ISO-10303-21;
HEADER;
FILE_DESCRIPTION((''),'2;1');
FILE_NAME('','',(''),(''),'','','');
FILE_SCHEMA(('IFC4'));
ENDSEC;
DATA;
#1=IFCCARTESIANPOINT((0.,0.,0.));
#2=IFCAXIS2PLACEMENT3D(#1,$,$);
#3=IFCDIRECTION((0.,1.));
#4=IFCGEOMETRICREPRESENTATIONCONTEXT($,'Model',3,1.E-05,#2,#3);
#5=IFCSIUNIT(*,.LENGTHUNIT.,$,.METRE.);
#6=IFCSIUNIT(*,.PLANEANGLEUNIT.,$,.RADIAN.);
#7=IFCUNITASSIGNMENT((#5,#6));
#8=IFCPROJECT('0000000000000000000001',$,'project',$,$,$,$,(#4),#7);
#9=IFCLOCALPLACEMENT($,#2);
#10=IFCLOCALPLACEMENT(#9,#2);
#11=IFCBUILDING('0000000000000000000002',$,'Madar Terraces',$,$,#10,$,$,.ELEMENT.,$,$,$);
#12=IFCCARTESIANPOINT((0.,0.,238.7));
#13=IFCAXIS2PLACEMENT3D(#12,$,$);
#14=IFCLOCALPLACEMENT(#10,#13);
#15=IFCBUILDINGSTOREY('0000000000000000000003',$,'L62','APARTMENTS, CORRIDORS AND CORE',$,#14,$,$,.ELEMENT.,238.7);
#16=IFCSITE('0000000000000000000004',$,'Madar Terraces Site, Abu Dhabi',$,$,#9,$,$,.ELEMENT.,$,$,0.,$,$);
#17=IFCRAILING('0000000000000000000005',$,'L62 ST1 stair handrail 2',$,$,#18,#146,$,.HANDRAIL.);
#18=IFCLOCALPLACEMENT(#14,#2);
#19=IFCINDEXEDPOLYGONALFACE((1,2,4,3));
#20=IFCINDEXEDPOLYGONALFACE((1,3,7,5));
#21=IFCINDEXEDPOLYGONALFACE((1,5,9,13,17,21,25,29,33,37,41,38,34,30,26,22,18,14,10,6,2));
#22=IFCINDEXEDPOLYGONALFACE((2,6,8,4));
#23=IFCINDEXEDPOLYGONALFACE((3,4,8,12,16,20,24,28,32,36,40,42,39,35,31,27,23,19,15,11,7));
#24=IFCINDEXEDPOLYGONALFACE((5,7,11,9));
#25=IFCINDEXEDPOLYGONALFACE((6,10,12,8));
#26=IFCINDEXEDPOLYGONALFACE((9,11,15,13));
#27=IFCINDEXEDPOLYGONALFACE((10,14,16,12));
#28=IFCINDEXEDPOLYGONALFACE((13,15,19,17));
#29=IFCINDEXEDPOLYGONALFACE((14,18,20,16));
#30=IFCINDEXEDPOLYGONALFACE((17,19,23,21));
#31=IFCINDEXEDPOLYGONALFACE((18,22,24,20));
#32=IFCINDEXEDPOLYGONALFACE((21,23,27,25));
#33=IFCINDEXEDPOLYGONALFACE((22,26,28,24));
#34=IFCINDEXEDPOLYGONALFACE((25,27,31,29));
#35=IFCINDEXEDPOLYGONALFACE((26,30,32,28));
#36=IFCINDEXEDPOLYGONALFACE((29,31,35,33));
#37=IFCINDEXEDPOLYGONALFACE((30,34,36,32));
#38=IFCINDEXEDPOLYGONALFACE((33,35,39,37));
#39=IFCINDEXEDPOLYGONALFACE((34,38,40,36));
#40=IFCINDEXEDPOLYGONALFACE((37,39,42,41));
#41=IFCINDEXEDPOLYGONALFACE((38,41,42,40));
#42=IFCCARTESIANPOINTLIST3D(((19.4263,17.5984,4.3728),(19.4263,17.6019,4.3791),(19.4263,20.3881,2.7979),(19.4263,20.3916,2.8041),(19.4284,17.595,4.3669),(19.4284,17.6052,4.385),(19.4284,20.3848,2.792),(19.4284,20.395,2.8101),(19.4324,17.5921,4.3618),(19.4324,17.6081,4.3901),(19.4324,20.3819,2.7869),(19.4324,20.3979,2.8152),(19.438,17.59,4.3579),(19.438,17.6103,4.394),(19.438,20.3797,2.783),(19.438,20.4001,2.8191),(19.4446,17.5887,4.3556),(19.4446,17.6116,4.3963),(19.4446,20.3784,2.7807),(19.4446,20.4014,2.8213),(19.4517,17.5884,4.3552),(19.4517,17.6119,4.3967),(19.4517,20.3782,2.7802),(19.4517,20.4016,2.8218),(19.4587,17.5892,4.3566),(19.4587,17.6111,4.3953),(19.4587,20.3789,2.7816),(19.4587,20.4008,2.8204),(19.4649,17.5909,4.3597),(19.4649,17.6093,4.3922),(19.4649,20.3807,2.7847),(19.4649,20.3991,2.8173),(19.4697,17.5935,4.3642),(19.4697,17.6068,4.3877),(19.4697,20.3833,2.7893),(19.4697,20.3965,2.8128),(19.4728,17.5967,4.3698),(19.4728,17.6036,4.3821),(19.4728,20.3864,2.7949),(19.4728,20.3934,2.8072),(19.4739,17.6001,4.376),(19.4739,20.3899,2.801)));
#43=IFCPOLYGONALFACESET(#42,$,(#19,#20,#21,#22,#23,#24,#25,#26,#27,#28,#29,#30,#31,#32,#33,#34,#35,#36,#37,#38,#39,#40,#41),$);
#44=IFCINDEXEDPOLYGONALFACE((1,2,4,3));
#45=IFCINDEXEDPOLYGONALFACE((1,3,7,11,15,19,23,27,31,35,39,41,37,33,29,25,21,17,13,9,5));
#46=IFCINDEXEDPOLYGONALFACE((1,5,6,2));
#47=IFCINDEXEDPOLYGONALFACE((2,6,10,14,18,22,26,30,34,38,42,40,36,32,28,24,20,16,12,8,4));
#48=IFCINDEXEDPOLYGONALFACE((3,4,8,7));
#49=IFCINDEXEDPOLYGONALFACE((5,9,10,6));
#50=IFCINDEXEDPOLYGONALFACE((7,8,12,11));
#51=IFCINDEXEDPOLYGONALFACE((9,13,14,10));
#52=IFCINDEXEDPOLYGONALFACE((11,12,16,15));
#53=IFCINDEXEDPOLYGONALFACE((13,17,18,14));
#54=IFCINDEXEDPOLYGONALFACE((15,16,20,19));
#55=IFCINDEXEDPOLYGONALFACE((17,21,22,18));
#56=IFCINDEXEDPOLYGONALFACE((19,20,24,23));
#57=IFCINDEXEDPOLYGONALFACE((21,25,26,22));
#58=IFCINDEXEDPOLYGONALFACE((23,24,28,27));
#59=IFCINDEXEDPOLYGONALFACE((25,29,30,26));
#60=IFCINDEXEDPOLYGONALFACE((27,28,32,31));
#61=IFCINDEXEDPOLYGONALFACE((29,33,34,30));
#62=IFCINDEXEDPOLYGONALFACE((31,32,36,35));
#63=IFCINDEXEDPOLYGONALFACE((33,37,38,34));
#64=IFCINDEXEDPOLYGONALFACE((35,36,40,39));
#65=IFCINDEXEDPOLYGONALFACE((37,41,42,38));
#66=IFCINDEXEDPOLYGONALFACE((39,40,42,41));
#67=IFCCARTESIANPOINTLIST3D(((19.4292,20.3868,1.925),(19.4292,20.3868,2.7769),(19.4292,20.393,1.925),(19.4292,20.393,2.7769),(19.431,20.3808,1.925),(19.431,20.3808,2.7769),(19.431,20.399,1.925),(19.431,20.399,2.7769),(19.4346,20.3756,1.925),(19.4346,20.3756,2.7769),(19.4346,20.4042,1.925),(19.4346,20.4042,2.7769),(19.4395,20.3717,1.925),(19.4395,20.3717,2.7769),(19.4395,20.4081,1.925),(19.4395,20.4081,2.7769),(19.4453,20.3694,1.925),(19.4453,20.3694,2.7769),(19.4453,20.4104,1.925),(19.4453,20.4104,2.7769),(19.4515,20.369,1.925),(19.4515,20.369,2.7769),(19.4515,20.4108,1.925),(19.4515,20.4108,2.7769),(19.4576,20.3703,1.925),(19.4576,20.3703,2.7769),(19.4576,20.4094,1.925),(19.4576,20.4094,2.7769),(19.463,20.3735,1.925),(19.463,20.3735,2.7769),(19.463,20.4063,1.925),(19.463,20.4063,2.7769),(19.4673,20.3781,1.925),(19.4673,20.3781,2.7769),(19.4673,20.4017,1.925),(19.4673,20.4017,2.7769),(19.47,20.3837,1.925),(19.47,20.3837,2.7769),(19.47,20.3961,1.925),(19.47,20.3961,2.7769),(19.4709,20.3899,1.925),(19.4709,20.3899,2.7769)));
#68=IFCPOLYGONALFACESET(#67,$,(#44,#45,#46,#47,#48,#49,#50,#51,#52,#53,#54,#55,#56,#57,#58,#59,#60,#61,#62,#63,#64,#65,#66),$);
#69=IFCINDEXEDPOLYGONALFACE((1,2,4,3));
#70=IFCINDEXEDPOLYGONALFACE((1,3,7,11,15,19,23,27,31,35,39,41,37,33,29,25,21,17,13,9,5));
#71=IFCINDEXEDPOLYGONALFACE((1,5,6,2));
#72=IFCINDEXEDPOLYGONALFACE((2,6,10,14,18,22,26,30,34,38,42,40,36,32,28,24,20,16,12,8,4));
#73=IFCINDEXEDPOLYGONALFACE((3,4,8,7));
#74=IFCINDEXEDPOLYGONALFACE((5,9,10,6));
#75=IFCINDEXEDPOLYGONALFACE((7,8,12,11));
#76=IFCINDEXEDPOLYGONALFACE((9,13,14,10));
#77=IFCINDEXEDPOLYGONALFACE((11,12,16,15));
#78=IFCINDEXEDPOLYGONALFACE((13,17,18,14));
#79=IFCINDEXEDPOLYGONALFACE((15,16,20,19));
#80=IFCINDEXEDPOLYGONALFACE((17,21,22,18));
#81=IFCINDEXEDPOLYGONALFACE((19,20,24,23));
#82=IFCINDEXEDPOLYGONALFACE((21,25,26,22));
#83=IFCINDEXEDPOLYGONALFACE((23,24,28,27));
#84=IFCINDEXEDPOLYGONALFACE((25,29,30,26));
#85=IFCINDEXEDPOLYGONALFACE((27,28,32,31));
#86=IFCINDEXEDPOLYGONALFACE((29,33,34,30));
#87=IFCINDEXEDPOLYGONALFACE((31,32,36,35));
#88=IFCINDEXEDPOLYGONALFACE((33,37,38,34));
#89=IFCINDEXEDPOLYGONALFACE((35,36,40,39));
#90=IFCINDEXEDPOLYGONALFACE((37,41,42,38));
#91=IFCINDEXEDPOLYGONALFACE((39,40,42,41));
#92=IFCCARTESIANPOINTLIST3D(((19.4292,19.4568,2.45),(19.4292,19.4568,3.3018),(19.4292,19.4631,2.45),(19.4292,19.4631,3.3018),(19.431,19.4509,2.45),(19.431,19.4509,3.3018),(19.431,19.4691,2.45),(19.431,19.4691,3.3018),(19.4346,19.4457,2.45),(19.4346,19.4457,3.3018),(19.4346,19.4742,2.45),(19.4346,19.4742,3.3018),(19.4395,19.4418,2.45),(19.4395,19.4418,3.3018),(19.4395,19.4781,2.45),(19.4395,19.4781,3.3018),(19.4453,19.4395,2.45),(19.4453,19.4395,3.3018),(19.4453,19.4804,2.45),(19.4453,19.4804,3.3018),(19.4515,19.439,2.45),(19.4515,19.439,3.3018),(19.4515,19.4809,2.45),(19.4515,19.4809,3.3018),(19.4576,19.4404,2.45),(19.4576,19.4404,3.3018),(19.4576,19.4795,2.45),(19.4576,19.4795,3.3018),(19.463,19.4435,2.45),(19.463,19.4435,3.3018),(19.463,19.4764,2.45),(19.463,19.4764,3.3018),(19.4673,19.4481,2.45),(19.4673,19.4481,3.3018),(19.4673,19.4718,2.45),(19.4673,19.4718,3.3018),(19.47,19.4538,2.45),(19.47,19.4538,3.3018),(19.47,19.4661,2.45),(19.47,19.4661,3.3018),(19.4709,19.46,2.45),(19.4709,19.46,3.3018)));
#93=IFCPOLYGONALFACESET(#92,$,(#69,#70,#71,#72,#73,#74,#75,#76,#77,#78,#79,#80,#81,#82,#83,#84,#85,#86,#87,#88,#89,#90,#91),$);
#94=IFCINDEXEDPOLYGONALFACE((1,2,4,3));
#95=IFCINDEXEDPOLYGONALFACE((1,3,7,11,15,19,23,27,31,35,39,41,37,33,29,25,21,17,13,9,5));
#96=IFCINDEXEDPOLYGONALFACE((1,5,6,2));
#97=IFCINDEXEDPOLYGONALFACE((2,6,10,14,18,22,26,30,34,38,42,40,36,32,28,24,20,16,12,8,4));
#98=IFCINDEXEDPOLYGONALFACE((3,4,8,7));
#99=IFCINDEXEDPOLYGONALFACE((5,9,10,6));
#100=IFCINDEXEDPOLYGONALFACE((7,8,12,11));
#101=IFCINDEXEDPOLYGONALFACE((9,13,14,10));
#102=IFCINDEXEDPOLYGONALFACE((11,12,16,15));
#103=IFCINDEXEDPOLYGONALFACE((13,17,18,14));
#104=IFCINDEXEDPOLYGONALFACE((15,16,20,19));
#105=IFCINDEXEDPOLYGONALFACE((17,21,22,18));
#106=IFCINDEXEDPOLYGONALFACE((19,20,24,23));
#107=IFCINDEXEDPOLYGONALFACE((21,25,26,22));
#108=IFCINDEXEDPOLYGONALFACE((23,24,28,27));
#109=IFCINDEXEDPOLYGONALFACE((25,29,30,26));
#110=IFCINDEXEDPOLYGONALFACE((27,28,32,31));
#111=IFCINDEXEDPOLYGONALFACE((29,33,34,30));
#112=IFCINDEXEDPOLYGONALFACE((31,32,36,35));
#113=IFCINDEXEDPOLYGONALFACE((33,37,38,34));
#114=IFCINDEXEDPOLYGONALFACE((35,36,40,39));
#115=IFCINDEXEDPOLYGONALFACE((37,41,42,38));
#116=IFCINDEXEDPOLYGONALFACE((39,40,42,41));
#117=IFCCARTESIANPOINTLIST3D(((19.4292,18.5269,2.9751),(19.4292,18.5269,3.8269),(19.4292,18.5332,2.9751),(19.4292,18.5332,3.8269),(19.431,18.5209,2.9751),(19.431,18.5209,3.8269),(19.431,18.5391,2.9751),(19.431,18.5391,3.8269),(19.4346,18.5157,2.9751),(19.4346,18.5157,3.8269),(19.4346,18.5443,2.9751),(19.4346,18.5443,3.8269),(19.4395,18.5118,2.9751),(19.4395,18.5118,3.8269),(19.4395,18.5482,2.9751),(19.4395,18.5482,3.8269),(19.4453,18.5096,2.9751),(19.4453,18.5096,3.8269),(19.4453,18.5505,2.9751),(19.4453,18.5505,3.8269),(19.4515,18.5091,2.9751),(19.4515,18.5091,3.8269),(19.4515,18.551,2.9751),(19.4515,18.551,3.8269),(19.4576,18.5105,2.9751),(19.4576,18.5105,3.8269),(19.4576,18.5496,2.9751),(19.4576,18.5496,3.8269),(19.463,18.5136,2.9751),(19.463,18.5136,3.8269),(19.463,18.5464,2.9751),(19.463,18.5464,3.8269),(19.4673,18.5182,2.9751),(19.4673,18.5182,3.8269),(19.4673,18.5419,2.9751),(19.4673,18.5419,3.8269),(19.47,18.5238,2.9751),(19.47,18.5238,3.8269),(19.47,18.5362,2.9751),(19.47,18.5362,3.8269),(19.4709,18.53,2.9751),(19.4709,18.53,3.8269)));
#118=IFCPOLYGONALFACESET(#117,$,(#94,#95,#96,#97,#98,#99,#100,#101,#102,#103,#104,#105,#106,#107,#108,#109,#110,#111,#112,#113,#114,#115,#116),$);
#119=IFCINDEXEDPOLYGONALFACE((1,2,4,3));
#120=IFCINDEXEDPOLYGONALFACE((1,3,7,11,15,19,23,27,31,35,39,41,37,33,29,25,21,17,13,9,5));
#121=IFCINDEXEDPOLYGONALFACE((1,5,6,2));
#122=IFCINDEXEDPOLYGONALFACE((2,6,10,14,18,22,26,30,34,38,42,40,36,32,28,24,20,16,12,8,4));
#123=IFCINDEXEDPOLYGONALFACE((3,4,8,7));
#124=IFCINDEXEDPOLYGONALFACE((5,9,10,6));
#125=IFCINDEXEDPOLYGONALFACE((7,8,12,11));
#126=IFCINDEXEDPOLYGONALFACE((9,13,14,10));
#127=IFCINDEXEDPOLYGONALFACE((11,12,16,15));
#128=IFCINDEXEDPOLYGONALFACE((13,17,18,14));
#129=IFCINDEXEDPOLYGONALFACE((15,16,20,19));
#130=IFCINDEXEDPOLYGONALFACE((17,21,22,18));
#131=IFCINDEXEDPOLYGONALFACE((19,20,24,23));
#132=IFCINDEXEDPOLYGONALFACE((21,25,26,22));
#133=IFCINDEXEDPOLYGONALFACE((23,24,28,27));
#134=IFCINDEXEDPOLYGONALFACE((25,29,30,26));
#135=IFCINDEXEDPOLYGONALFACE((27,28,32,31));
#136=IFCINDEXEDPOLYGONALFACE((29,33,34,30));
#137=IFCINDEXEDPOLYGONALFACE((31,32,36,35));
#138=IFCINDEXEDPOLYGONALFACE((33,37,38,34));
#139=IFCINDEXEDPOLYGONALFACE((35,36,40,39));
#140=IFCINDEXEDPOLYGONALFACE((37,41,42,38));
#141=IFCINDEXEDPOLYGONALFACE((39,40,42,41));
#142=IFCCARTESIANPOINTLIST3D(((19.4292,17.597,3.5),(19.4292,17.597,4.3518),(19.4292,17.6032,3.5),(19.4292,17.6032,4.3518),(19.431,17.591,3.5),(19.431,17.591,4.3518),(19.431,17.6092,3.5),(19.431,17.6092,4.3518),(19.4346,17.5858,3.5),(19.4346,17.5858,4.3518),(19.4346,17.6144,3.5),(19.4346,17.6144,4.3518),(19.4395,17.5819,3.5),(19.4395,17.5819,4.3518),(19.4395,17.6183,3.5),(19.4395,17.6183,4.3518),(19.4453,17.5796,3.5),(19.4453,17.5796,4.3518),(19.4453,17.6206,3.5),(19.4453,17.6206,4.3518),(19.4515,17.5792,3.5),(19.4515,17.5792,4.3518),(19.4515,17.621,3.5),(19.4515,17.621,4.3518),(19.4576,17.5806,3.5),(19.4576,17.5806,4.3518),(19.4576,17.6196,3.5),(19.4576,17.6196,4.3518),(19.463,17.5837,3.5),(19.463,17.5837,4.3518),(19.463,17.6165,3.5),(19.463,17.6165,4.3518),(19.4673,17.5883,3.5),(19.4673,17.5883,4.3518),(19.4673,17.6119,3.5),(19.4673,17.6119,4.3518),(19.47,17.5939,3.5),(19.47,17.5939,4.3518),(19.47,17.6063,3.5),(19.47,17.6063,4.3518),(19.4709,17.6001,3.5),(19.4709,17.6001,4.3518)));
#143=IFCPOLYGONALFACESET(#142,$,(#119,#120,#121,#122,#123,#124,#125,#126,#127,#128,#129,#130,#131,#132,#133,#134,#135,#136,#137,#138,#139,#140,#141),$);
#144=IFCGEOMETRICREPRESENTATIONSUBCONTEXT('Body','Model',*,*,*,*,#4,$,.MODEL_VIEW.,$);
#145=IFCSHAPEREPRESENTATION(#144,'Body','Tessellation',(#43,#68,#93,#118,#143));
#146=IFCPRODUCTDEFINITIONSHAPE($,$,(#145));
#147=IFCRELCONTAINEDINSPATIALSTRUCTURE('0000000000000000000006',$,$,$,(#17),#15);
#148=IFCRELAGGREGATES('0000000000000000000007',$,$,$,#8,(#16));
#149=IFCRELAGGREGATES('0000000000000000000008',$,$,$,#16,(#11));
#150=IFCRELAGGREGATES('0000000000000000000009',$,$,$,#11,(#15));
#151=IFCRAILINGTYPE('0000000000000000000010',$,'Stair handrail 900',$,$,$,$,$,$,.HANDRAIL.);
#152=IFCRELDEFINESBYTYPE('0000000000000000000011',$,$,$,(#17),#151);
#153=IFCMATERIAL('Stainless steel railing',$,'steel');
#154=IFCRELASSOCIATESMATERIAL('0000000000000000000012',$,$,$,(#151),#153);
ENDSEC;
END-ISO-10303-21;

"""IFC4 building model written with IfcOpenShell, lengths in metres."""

from ifc_helpers import new_model, si_unit, direction, frame, origin, origin_2d, place, context, subcontext, project, spatial, circle, extrude, material, type_object, element, save


model = new_model("IFC4")

# Units and contexts
model_context = context("Model", 3, precision=1e-05, world=origin(), true_north=direction((0.0, 1.0)))
body_context = subcontext(model_context, "Body", "Model", "MODEL_VIEW")
ifc_project = project(units=[si_unit("LENGTHUNIT", "METRE"), si_unit("PLANEANGLEUNIT", "RADIAN")], contexts=[model_context])

# Site, building, storey
site_placement = place(None, origin())
site = spatial("IfcSite", under=ifc_project, at=site_placement, Name="Madar Terraces Site, Abu Dhabi", CompositionType="ELEMENT", RefElevation=0.0)
building_placement = place(site_placement, origin())
building = spatial("IfcBuilding", under=site, at=building_placement, Name="Madar Terraces", CompositionType="ELEMENT")
storey_placement = place(building_placement, frame((0.0, 0.0, 238.7)))
storey = spatial("IfcBuildingStorey", under=building, at=storey_placement, Name="L62", Description="APARTMENTS, CORRIDORS AND CORE", CompositionType="ELEMENT", Elevation=238.7)

# Railing
ifc_material_1 = material(Name="Stainless steel railing", Category="steel")
railing_type_1 = type_object("IfcRailingType", Name="Stair handrail 900", PredefinedType="HANDRAIL", material=ifc_material_1)
railing_1_placement = place(storey_placement, frame((19.45, 20.3899, 1.925)))
element("IfcRailing", 1, at=railing_1_placement, inside=storey, type_object=railing_type_1, Name="L62 ST1 stair handrail 2", PredefinedType="HANDRAIL", context=body_context, shape_type="SweptSolid", body=[
    extrude(circle(Radius=0.0239, at=origin_2d()), frame((0.0, 0.0, 0.876), z_axis=(0.0, -0.870815, 0.49161), x_axis=(1.0, 0.0, 0.0)), (0.0, 0.0, 1.0), 3.2036),
    extrude(circle(Radius=0.021, at=origin_2d()), origin(), (0.0, 0.0, 1.0), 0.8518),
    extrude(circle(Radius=0.021, at=origin_2d()), frame((0.0, -0.9299, 0.5249)), (0.0, 0.0, 1.0), 0.8518),
    extrude(circle(Radius=0.021, at=origin_2d()), frame((0.0, -1.8599, 1.05)), (0.0, 0.0, 1.0), 0.8518),
    extrude(circle(Radius=0.021, at=origin_2d()), frame((0.0, -2.7898, 1.575)), (0.0, 0.0, 1.0), 0.8518),
])

save(model, "model.ifc")
